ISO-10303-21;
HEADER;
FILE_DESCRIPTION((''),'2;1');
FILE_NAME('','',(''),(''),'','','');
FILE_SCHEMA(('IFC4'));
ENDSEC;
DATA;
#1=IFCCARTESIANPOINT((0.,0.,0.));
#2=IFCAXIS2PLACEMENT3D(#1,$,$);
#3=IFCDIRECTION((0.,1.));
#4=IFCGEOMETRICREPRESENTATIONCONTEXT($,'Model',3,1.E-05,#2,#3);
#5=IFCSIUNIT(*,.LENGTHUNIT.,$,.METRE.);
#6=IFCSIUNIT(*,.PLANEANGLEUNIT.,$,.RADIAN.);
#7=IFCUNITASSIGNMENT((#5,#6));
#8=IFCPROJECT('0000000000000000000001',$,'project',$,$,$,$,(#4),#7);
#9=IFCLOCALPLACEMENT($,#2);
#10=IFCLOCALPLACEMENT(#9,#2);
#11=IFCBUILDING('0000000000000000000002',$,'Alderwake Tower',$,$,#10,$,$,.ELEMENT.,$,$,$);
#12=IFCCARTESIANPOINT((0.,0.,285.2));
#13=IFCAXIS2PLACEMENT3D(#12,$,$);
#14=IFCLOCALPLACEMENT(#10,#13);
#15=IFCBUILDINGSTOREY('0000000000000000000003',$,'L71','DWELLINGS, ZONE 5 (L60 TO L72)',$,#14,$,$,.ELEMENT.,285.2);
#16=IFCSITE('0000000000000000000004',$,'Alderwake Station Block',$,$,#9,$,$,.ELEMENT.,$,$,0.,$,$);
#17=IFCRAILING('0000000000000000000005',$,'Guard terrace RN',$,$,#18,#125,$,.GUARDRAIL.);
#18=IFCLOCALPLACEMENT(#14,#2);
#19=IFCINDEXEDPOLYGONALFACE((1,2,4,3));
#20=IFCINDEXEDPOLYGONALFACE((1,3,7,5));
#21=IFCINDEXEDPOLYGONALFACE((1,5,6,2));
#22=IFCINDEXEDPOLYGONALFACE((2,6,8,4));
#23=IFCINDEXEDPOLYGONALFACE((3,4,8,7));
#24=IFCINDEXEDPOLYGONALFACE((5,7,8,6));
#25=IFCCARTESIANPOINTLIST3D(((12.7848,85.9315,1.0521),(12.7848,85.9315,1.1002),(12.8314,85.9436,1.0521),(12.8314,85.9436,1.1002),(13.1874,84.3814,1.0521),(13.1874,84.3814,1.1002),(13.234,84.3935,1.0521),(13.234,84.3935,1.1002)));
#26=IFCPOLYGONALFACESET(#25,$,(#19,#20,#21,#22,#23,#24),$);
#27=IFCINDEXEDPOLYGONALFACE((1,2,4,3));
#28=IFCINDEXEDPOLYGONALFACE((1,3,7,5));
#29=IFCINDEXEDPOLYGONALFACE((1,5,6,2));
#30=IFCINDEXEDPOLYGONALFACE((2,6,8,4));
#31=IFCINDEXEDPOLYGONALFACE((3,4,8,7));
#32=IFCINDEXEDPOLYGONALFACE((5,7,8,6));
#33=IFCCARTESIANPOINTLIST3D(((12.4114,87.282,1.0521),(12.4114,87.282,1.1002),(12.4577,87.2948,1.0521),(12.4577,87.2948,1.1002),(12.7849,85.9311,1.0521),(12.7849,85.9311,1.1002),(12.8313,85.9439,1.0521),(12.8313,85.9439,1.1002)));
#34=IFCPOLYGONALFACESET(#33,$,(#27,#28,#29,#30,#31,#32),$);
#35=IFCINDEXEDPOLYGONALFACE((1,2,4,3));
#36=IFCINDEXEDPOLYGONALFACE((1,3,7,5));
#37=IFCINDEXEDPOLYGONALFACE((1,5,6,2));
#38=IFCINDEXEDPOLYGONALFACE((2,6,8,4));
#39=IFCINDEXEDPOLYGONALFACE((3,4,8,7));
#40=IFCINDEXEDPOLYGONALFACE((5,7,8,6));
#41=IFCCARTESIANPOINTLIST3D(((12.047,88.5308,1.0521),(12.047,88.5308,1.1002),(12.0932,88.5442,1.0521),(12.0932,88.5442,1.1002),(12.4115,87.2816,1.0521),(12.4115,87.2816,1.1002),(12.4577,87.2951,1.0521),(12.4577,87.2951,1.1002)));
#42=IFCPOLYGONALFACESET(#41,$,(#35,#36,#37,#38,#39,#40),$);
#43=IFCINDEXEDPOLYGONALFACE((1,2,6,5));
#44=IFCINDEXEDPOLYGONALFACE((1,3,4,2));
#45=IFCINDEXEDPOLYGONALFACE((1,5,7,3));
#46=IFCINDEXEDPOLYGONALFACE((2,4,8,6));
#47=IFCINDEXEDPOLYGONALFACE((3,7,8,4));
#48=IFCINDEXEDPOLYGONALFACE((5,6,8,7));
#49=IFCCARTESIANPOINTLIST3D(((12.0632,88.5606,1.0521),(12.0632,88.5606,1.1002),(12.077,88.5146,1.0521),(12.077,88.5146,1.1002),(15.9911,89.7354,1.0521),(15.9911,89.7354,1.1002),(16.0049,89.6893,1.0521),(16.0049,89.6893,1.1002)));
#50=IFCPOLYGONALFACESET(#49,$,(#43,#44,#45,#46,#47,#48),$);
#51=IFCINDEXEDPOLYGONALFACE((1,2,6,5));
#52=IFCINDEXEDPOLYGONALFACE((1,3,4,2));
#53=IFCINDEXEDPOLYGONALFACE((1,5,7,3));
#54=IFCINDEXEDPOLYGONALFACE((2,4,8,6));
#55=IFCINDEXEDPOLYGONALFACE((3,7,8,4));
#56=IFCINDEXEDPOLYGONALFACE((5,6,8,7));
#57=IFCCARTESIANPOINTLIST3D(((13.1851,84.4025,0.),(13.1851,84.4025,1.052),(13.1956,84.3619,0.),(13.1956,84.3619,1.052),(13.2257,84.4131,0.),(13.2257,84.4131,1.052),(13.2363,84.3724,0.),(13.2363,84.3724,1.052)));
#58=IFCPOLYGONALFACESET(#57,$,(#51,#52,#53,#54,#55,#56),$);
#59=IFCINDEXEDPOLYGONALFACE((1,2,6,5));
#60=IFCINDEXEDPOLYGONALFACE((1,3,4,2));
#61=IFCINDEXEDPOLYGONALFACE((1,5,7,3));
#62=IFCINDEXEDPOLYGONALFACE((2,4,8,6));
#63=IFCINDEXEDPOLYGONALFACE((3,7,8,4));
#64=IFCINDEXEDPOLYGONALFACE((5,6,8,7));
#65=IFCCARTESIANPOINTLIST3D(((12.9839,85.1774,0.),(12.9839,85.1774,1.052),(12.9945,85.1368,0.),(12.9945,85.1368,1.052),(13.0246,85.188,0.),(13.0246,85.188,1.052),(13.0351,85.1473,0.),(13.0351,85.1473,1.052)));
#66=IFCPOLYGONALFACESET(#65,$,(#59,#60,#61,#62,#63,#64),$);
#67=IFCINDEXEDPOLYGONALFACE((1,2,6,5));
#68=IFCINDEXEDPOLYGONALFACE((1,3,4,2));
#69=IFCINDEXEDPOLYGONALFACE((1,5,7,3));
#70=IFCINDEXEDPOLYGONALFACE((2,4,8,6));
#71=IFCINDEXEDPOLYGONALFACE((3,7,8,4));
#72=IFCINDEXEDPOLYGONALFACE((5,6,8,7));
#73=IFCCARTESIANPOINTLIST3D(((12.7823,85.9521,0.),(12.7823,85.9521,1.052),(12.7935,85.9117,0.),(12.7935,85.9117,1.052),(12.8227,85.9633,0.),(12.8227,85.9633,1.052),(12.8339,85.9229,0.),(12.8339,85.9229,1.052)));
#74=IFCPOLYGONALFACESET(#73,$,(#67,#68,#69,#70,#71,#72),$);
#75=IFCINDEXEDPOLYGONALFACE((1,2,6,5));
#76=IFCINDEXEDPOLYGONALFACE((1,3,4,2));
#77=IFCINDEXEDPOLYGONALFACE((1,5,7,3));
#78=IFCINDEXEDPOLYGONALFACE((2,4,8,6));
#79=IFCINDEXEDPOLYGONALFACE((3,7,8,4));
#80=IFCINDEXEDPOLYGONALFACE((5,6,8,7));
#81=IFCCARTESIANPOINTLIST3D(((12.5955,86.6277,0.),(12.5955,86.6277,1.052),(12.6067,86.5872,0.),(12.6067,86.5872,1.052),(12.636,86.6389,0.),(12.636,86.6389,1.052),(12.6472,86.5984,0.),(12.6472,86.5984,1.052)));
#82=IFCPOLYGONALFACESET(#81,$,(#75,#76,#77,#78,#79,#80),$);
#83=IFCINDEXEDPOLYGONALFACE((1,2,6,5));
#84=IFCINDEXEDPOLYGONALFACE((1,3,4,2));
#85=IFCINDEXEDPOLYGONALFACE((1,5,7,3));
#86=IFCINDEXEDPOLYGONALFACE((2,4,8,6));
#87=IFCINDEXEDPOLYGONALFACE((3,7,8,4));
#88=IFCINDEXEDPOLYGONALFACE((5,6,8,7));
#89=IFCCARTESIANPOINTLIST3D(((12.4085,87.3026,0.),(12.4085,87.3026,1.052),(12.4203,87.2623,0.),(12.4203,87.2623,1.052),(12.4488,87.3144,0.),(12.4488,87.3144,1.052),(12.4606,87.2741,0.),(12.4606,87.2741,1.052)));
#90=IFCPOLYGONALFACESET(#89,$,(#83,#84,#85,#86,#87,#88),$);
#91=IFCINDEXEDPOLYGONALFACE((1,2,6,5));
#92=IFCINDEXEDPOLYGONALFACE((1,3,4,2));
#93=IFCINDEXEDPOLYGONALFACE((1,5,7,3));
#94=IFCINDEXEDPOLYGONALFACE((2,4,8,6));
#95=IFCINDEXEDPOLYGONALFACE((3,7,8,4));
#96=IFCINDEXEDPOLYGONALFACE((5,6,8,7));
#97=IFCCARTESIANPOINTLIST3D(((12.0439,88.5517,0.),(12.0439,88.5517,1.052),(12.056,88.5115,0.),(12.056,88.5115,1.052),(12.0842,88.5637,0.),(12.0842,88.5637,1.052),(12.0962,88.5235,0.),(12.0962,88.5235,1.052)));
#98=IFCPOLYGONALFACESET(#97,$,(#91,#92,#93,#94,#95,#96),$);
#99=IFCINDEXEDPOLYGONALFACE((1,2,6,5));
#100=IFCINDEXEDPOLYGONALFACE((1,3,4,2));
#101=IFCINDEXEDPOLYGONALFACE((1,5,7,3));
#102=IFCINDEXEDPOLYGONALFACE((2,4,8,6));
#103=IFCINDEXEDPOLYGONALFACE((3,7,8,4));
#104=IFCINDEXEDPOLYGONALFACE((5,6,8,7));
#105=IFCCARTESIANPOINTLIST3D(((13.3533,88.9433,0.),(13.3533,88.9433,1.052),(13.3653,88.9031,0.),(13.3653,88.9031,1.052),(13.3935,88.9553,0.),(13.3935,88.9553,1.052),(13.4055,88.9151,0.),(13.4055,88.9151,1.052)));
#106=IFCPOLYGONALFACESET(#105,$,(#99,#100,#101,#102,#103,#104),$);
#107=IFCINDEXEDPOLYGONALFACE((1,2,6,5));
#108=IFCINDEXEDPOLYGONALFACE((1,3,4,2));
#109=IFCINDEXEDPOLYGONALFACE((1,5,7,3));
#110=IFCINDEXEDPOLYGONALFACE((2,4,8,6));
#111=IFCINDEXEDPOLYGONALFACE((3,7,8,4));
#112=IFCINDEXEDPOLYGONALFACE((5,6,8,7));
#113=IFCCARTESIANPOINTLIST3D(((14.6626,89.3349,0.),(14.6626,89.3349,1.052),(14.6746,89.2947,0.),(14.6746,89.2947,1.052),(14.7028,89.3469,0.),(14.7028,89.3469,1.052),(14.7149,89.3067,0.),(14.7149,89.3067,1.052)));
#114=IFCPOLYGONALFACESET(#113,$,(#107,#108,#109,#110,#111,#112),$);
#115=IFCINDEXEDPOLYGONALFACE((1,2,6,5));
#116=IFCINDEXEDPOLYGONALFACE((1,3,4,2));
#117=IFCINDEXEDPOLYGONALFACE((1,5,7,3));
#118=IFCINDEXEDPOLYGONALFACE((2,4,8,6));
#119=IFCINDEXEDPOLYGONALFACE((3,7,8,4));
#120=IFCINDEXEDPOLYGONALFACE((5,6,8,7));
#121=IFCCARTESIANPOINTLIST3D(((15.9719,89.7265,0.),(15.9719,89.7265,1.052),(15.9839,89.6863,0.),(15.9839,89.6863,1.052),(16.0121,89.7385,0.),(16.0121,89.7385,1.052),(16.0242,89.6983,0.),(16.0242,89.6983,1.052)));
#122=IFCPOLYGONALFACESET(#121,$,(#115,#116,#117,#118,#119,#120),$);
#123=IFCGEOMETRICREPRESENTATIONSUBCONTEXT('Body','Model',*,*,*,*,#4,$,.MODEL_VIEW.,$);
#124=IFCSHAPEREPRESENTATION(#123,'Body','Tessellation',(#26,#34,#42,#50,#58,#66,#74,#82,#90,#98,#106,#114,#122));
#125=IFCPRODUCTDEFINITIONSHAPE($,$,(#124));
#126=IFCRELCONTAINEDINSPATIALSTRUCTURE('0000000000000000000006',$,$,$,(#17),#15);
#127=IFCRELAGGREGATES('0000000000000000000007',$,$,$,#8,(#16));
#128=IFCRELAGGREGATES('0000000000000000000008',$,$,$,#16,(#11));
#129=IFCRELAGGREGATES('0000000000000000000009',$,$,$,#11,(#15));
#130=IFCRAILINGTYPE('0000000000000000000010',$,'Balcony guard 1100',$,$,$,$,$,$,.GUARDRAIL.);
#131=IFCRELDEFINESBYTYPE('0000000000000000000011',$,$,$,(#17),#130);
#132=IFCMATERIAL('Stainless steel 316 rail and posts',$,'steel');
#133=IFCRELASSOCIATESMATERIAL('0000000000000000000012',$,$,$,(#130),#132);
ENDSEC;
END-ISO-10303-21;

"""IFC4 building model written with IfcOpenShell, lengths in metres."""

from ifc_helpers import new_model, si_unit, direction, frame, origin, origin_2d, place, context, subcontext, project, spatial, rectangle, extrude, material, type_object, element, save


model = new_model("IFC4")

# Units and contexts
model_context = context("Model", 3, precision=1e-05, world=origin(), true_north=direction((0.0, 1.0)))
body_context = subcontext(model_context, "Body", "Model", "MODEL_VIEW")
ifc_project = project(units=[si_unit("LENGTHUNIT", "METRE"), si_unit("PLANEANGLEUNIT", "RADIAN")], contexts=[model_context])

# Site, building, storey
site_placement = place(None, origin())
site = spatial("IfcSite", under=ifc_project, at=site_placement, Name="Alderwake Station Block", CompositionType="ELEMENT", RefElevation=0.0)
building_placement = place(site_placement, origin())
building = spatial("IfcBuilding", under=site, at=building_placement, Name="Alderwake Tower", CompositionType="ELEMENT")
storey_placement = place(building_placement, frame((0.0, 0.0, 285.2)))
storey = spatial("IfcBuildingStorey", under=building, at=storey_placement, Name="L71", Description="DWELLINGS, ZONE 5 (L60 TO L72)", CompositionType="ELEMENT", Elevation=285.2)

# Railing
ifc_material_1 = material(Name="Stainless steel 316 rail and posts", Category="steel")
railing_type = type_object("IfcRailingType", Name="Balcony guard 1100", PredefinedType="GUARDRAIL", material=ifc_material_1)
railing_placement = place(storey_placement, frame((13.2107, 84.3875, 0.0)))
element("IfcRailing", 1, at=railing_placement, inside=storey, type_object=railing_type, Name="Guard terrace RN", PredefinedType="GUARDRAIL", context=body_context, shape_type="SweptSolid", body=[
    extrude(rectangle(XDim=0.0481, YDim=0.0481, at=origin_2d()), frame((0.0, 0.0, 1.0762), z_axis=(-0.251385, 0.967887, 0.0), x_axis=(-0.967887, -0.251385, 0.0)), (0.0, 0.0, 1.0), 1.6016),
    extrude(rectangle(XDim=0.0481, YDim=0.0481, at=origin_2d()), frame((-0.4026, 1.55, 1.0762), z_axis=(-0.266521, 0.963829, 0.0), x_axis=(-0.963829, -0.266521, 0.0)), (0.0, 0.0, 1.0), 1.4016),
    extrude(rectangle(XDim=0.0481, YDim=0.0481, at=origin_2d()), frame((-0.7761, 2.9009, 1.0762), z_axis=(-0.280094, 0.959973, 0.0), x_axis=(-0.959973, -0.280094, 0.0)), (0.0, 0.0, 1.0), 1.3013),
    extrude(rectangle(XDim=0.0481, YDim=0.0481, at=origin_2d()), frame((-1.1406, 4.1501, 1.0762), z_axis=(0.958067, 0.286545, 0.0), x_axis=(-0.286545, 0.958067, 0.0)), (0.0, 0.0, 1.0), 4.0999),
    extrude(rectangle(XDim=0.042, YDim=0.042, at=origin_2d()), frame((0.0, 0.0, 0.0), z_axis=(0.0, 0.0, 1.0), x_axis=(-0.251385, 0.967887, 0.0)), (0.0, 0.0, 1.0), 1.052),
    extrude(rectangle(XDim=0.042, YDim=0.042, at=origin_2d()), frame((-0.2012, 0.7749, 0.0), z_axis=(0.0, 0.0, 1.0), x_axis=(-0.251385, 0.967887, 0.0)), (0.0, 0.0, 1.0), 1.052),
    extrude(rectangle(XDim=0.042, YDim=0.042, at=origin_2d()), frame((-0.4026, 1.55, 0.0), z_axis=(0.0, 0.0, 1.0), x_axis=(-0.266521, 0.963829, 0.0)), (0.0, 0.0, 1.0), 1.052),
    extrude(rectangle(XDim=0.042, YDim=0.042, at=origin_2d()), frame((-0.5894, 2.2256, 0.0), z_axis=(0.0, 0.0, 1.0), x_axis=(-0.266521, 0.963829, 0.0)), (0.0, 0.0, 1.0), 1.052),
    extrude(rectangle(XDim=0.042, YDim=0.042, at=origin_2d()), frame((-0.7761, 2.9009, 0.0), z_axis=(0.0, 0.0, 1.0), x_axis=(-0.280094, 0.959973, 0.0)), (0.0, 0.0, 1.0), 1.052),
    extrude(rectangle(XDim=0.042, YDim=0.042, at=origin_2d()), frame((-1.1406, 4.1501, 0.0), z_axis=(0.0, 0.0, 1.0), x_axis=(0.958067, 0.286545, 0.0)), (0.0, 0.0, 1.0), 1.052),
    extrude(rectangle(XDim=0.042, YDim=0.042, at=origin_2d()), frame((0.1687, 4.5417, 0.0), z_axis=(0.0, 0.0, 1.0), x_axis=(0.958067, 0.286545, 0.0)), (0.0, 0.0, 1.0), 1.052),
    extrude(rectangle(XDim=0.042, YDim=0.042, at=origin_2d()), frame((1.478, 4.9333, 0.0), z_axis=(0.0, 0.0, 1.0), x_axis=(0.958067, 0.286545, 0.0)), (0.0, 0.0, 1.0), 1.052),
    extrude(rectangle(XDim=0.042, YDim=0.042, at=origin_2d()), frame((2.7874, 5.325, 0.0), z_axis=(0.0, 0.0, 1.0), x_axis=(0.958067, 0.286545, 0.0)), (0.0, 0.0, 1.0), 1.052),
])

save(model, "model.ifc")
